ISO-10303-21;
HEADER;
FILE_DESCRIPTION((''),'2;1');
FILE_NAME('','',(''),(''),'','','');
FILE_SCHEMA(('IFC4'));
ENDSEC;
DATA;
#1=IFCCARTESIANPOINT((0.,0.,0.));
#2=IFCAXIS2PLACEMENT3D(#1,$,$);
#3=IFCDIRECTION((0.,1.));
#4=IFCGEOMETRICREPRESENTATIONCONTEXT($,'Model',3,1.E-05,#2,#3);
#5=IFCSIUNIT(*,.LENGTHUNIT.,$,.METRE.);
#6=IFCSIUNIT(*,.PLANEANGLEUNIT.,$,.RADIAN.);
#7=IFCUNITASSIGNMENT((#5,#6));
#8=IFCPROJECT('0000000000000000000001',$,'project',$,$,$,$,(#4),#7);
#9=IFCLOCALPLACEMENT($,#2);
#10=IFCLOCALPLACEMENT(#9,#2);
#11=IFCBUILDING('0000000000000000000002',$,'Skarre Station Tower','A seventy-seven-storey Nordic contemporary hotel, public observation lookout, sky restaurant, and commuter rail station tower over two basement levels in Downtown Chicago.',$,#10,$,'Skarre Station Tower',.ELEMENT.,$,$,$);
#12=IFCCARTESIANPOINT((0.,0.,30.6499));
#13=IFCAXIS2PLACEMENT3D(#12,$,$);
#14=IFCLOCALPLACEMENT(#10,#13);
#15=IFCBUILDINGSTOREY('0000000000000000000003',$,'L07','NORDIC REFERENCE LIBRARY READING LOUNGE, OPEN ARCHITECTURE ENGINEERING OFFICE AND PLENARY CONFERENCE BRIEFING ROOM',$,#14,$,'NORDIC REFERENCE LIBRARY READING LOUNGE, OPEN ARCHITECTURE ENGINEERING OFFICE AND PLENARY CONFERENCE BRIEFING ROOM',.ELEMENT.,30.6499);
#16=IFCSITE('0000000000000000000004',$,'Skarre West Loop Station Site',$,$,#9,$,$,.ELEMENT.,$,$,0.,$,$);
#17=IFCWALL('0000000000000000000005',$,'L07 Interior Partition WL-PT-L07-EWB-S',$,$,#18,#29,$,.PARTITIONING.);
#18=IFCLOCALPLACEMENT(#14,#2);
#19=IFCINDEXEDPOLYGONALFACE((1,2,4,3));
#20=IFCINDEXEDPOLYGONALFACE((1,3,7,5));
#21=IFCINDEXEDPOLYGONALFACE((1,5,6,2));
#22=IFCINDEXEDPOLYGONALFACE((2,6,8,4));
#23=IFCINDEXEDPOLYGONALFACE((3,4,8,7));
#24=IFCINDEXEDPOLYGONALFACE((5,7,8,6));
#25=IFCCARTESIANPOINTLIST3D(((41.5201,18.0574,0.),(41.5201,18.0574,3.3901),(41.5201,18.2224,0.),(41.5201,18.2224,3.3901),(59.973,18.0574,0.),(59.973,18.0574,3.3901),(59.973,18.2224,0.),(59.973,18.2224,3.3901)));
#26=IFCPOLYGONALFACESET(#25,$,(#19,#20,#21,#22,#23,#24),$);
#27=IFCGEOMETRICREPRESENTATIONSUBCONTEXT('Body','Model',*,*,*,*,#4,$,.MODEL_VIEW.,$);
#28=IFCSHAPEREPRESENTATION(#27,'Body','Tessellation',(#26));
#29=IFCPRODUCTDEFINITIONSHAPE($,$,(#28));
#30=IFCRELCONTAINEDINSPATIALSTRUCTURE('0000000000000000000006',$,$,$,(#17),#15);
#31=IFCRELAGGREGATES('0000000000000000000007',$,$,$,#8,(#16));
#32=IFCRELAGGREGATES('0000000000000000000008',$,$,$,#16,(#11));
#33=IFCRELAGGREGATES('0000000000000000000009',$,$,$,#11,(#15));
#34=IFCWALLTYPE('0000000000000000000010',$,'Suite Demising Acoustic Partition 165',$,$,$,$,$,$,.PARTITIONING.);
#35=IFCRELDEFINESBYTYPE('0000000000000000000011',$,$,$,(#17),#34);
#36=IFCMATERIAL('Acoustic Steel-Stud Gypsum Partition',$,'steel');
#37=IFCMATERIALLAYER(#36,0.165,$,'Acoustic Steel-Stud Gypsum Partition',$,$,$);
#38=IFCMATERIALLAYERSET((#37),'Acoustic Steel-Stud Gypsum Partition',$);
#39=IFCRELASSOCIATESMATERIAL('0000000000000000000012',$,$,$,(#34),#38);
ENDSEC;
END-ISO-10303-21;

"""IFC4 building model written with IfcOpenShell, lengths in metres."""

from ifc_helpers import new_model, si_unit, direction, frame, frame_2d, origin, place, context, subcontext, project, spatial, rectangle, extrude, material, layer, layer_set, type_object, element, save


model = new_model("IFC4")

# Units and contexts
model_context = context("Model", 3, precision=1e-05, world=origin(), true_north=direction((0.0, 1.0)))
body_context = subcontext(model_context, "Body", "Model", "MODEL_VIEW")
ifc_project = project(units=[si_unit("LENGTHUNIT", "METRE"), si_unit("PLANEANGLEUNIT", "RADIAN")], contexts=[model_context])

# Site, building, storey
site_placement = place(None, origin())
site = spatial("IfcSite", under=ifc_project, at=site_placement, Name="Skarre West Loop Station Site", CompositionType="ELEMENT", RefElevation=0.0)
building_placement = place(site_placement, origin())
building = spatial("IfcBuilding", under=site, at=building_placement, Name="Skarre Station Tower", Description="A seventy-seven-storey Nordic contemporary hotel, public observation lookout, sky restaurant, and commuter rail station tower over two basement levels in Downtown Chicago.", LongName="Skarre Station Tower", CompositionType="ELEMENT")
storey_placement = place(building_placement, frame((0.0, 0.0, 30.6499)))
storey = spatial("IfcBuildingStorey", under=building, at=storey_placement, Name="L07", Description="NORDIC REFERENCE LIBRARY READING LOUNGE, OPEN ARCHITECTURE ENGINEERING OFFICE AND PLENARY CONFERENCE BRIEFING ROOM", LongName="NORDIC REFERENCE LIBRARY READING LOUNGE, OPEN ARCHITECTURE ENGINEERING OFFICE AND PLENARY CONFERENCE BRIEFING ROOM", CompositionType="ELEMENT", Elevation=30.6499)

# Shared definitions
ifc_material_1 = material(Name="Acoustic Steel-Stud Gypsum Partition", Category="steel")

# Wall
ifc_layer_1 = layer(ifc_material_1, 0.165, Name="Acoustic Steel-Stud Gypsum Partition")
ifc_layer_set_1 = layer_set([ifc_layer_1], Name="Acoustic Steel-Stud Gypsum Partition")
wall_type_1 = type_object("IfcWallType", Name="Suite Demising Acoustic Partition 165", PredefinedType="PARTITIONING", material=ifc_layer_set_1)
wall_1_placement = place(storey_placement, frame((41.52, 18.1399, 0.0), z_axis=(0.0, 0.0, 1.0), x_axis=(1.0, 0.0, 0.0)))
element("IfcWall", 1, at=wall_1_placement, inside=storey, type_object=wall_type_1, Name="L07 Interior Partition WL-PT-L07-EWB-S", PredefinedType="PARTITIONING", context=body_context, shape_type="SweptSolid", body=[
    extrude(rectangle(XDim=18.4529, YDim=0.165, at=frame_2d((9.2266, 0.0))), origin(), (0.0, 0.0, 1.0), 3.3901),
])

save(model, "model.ifc")
